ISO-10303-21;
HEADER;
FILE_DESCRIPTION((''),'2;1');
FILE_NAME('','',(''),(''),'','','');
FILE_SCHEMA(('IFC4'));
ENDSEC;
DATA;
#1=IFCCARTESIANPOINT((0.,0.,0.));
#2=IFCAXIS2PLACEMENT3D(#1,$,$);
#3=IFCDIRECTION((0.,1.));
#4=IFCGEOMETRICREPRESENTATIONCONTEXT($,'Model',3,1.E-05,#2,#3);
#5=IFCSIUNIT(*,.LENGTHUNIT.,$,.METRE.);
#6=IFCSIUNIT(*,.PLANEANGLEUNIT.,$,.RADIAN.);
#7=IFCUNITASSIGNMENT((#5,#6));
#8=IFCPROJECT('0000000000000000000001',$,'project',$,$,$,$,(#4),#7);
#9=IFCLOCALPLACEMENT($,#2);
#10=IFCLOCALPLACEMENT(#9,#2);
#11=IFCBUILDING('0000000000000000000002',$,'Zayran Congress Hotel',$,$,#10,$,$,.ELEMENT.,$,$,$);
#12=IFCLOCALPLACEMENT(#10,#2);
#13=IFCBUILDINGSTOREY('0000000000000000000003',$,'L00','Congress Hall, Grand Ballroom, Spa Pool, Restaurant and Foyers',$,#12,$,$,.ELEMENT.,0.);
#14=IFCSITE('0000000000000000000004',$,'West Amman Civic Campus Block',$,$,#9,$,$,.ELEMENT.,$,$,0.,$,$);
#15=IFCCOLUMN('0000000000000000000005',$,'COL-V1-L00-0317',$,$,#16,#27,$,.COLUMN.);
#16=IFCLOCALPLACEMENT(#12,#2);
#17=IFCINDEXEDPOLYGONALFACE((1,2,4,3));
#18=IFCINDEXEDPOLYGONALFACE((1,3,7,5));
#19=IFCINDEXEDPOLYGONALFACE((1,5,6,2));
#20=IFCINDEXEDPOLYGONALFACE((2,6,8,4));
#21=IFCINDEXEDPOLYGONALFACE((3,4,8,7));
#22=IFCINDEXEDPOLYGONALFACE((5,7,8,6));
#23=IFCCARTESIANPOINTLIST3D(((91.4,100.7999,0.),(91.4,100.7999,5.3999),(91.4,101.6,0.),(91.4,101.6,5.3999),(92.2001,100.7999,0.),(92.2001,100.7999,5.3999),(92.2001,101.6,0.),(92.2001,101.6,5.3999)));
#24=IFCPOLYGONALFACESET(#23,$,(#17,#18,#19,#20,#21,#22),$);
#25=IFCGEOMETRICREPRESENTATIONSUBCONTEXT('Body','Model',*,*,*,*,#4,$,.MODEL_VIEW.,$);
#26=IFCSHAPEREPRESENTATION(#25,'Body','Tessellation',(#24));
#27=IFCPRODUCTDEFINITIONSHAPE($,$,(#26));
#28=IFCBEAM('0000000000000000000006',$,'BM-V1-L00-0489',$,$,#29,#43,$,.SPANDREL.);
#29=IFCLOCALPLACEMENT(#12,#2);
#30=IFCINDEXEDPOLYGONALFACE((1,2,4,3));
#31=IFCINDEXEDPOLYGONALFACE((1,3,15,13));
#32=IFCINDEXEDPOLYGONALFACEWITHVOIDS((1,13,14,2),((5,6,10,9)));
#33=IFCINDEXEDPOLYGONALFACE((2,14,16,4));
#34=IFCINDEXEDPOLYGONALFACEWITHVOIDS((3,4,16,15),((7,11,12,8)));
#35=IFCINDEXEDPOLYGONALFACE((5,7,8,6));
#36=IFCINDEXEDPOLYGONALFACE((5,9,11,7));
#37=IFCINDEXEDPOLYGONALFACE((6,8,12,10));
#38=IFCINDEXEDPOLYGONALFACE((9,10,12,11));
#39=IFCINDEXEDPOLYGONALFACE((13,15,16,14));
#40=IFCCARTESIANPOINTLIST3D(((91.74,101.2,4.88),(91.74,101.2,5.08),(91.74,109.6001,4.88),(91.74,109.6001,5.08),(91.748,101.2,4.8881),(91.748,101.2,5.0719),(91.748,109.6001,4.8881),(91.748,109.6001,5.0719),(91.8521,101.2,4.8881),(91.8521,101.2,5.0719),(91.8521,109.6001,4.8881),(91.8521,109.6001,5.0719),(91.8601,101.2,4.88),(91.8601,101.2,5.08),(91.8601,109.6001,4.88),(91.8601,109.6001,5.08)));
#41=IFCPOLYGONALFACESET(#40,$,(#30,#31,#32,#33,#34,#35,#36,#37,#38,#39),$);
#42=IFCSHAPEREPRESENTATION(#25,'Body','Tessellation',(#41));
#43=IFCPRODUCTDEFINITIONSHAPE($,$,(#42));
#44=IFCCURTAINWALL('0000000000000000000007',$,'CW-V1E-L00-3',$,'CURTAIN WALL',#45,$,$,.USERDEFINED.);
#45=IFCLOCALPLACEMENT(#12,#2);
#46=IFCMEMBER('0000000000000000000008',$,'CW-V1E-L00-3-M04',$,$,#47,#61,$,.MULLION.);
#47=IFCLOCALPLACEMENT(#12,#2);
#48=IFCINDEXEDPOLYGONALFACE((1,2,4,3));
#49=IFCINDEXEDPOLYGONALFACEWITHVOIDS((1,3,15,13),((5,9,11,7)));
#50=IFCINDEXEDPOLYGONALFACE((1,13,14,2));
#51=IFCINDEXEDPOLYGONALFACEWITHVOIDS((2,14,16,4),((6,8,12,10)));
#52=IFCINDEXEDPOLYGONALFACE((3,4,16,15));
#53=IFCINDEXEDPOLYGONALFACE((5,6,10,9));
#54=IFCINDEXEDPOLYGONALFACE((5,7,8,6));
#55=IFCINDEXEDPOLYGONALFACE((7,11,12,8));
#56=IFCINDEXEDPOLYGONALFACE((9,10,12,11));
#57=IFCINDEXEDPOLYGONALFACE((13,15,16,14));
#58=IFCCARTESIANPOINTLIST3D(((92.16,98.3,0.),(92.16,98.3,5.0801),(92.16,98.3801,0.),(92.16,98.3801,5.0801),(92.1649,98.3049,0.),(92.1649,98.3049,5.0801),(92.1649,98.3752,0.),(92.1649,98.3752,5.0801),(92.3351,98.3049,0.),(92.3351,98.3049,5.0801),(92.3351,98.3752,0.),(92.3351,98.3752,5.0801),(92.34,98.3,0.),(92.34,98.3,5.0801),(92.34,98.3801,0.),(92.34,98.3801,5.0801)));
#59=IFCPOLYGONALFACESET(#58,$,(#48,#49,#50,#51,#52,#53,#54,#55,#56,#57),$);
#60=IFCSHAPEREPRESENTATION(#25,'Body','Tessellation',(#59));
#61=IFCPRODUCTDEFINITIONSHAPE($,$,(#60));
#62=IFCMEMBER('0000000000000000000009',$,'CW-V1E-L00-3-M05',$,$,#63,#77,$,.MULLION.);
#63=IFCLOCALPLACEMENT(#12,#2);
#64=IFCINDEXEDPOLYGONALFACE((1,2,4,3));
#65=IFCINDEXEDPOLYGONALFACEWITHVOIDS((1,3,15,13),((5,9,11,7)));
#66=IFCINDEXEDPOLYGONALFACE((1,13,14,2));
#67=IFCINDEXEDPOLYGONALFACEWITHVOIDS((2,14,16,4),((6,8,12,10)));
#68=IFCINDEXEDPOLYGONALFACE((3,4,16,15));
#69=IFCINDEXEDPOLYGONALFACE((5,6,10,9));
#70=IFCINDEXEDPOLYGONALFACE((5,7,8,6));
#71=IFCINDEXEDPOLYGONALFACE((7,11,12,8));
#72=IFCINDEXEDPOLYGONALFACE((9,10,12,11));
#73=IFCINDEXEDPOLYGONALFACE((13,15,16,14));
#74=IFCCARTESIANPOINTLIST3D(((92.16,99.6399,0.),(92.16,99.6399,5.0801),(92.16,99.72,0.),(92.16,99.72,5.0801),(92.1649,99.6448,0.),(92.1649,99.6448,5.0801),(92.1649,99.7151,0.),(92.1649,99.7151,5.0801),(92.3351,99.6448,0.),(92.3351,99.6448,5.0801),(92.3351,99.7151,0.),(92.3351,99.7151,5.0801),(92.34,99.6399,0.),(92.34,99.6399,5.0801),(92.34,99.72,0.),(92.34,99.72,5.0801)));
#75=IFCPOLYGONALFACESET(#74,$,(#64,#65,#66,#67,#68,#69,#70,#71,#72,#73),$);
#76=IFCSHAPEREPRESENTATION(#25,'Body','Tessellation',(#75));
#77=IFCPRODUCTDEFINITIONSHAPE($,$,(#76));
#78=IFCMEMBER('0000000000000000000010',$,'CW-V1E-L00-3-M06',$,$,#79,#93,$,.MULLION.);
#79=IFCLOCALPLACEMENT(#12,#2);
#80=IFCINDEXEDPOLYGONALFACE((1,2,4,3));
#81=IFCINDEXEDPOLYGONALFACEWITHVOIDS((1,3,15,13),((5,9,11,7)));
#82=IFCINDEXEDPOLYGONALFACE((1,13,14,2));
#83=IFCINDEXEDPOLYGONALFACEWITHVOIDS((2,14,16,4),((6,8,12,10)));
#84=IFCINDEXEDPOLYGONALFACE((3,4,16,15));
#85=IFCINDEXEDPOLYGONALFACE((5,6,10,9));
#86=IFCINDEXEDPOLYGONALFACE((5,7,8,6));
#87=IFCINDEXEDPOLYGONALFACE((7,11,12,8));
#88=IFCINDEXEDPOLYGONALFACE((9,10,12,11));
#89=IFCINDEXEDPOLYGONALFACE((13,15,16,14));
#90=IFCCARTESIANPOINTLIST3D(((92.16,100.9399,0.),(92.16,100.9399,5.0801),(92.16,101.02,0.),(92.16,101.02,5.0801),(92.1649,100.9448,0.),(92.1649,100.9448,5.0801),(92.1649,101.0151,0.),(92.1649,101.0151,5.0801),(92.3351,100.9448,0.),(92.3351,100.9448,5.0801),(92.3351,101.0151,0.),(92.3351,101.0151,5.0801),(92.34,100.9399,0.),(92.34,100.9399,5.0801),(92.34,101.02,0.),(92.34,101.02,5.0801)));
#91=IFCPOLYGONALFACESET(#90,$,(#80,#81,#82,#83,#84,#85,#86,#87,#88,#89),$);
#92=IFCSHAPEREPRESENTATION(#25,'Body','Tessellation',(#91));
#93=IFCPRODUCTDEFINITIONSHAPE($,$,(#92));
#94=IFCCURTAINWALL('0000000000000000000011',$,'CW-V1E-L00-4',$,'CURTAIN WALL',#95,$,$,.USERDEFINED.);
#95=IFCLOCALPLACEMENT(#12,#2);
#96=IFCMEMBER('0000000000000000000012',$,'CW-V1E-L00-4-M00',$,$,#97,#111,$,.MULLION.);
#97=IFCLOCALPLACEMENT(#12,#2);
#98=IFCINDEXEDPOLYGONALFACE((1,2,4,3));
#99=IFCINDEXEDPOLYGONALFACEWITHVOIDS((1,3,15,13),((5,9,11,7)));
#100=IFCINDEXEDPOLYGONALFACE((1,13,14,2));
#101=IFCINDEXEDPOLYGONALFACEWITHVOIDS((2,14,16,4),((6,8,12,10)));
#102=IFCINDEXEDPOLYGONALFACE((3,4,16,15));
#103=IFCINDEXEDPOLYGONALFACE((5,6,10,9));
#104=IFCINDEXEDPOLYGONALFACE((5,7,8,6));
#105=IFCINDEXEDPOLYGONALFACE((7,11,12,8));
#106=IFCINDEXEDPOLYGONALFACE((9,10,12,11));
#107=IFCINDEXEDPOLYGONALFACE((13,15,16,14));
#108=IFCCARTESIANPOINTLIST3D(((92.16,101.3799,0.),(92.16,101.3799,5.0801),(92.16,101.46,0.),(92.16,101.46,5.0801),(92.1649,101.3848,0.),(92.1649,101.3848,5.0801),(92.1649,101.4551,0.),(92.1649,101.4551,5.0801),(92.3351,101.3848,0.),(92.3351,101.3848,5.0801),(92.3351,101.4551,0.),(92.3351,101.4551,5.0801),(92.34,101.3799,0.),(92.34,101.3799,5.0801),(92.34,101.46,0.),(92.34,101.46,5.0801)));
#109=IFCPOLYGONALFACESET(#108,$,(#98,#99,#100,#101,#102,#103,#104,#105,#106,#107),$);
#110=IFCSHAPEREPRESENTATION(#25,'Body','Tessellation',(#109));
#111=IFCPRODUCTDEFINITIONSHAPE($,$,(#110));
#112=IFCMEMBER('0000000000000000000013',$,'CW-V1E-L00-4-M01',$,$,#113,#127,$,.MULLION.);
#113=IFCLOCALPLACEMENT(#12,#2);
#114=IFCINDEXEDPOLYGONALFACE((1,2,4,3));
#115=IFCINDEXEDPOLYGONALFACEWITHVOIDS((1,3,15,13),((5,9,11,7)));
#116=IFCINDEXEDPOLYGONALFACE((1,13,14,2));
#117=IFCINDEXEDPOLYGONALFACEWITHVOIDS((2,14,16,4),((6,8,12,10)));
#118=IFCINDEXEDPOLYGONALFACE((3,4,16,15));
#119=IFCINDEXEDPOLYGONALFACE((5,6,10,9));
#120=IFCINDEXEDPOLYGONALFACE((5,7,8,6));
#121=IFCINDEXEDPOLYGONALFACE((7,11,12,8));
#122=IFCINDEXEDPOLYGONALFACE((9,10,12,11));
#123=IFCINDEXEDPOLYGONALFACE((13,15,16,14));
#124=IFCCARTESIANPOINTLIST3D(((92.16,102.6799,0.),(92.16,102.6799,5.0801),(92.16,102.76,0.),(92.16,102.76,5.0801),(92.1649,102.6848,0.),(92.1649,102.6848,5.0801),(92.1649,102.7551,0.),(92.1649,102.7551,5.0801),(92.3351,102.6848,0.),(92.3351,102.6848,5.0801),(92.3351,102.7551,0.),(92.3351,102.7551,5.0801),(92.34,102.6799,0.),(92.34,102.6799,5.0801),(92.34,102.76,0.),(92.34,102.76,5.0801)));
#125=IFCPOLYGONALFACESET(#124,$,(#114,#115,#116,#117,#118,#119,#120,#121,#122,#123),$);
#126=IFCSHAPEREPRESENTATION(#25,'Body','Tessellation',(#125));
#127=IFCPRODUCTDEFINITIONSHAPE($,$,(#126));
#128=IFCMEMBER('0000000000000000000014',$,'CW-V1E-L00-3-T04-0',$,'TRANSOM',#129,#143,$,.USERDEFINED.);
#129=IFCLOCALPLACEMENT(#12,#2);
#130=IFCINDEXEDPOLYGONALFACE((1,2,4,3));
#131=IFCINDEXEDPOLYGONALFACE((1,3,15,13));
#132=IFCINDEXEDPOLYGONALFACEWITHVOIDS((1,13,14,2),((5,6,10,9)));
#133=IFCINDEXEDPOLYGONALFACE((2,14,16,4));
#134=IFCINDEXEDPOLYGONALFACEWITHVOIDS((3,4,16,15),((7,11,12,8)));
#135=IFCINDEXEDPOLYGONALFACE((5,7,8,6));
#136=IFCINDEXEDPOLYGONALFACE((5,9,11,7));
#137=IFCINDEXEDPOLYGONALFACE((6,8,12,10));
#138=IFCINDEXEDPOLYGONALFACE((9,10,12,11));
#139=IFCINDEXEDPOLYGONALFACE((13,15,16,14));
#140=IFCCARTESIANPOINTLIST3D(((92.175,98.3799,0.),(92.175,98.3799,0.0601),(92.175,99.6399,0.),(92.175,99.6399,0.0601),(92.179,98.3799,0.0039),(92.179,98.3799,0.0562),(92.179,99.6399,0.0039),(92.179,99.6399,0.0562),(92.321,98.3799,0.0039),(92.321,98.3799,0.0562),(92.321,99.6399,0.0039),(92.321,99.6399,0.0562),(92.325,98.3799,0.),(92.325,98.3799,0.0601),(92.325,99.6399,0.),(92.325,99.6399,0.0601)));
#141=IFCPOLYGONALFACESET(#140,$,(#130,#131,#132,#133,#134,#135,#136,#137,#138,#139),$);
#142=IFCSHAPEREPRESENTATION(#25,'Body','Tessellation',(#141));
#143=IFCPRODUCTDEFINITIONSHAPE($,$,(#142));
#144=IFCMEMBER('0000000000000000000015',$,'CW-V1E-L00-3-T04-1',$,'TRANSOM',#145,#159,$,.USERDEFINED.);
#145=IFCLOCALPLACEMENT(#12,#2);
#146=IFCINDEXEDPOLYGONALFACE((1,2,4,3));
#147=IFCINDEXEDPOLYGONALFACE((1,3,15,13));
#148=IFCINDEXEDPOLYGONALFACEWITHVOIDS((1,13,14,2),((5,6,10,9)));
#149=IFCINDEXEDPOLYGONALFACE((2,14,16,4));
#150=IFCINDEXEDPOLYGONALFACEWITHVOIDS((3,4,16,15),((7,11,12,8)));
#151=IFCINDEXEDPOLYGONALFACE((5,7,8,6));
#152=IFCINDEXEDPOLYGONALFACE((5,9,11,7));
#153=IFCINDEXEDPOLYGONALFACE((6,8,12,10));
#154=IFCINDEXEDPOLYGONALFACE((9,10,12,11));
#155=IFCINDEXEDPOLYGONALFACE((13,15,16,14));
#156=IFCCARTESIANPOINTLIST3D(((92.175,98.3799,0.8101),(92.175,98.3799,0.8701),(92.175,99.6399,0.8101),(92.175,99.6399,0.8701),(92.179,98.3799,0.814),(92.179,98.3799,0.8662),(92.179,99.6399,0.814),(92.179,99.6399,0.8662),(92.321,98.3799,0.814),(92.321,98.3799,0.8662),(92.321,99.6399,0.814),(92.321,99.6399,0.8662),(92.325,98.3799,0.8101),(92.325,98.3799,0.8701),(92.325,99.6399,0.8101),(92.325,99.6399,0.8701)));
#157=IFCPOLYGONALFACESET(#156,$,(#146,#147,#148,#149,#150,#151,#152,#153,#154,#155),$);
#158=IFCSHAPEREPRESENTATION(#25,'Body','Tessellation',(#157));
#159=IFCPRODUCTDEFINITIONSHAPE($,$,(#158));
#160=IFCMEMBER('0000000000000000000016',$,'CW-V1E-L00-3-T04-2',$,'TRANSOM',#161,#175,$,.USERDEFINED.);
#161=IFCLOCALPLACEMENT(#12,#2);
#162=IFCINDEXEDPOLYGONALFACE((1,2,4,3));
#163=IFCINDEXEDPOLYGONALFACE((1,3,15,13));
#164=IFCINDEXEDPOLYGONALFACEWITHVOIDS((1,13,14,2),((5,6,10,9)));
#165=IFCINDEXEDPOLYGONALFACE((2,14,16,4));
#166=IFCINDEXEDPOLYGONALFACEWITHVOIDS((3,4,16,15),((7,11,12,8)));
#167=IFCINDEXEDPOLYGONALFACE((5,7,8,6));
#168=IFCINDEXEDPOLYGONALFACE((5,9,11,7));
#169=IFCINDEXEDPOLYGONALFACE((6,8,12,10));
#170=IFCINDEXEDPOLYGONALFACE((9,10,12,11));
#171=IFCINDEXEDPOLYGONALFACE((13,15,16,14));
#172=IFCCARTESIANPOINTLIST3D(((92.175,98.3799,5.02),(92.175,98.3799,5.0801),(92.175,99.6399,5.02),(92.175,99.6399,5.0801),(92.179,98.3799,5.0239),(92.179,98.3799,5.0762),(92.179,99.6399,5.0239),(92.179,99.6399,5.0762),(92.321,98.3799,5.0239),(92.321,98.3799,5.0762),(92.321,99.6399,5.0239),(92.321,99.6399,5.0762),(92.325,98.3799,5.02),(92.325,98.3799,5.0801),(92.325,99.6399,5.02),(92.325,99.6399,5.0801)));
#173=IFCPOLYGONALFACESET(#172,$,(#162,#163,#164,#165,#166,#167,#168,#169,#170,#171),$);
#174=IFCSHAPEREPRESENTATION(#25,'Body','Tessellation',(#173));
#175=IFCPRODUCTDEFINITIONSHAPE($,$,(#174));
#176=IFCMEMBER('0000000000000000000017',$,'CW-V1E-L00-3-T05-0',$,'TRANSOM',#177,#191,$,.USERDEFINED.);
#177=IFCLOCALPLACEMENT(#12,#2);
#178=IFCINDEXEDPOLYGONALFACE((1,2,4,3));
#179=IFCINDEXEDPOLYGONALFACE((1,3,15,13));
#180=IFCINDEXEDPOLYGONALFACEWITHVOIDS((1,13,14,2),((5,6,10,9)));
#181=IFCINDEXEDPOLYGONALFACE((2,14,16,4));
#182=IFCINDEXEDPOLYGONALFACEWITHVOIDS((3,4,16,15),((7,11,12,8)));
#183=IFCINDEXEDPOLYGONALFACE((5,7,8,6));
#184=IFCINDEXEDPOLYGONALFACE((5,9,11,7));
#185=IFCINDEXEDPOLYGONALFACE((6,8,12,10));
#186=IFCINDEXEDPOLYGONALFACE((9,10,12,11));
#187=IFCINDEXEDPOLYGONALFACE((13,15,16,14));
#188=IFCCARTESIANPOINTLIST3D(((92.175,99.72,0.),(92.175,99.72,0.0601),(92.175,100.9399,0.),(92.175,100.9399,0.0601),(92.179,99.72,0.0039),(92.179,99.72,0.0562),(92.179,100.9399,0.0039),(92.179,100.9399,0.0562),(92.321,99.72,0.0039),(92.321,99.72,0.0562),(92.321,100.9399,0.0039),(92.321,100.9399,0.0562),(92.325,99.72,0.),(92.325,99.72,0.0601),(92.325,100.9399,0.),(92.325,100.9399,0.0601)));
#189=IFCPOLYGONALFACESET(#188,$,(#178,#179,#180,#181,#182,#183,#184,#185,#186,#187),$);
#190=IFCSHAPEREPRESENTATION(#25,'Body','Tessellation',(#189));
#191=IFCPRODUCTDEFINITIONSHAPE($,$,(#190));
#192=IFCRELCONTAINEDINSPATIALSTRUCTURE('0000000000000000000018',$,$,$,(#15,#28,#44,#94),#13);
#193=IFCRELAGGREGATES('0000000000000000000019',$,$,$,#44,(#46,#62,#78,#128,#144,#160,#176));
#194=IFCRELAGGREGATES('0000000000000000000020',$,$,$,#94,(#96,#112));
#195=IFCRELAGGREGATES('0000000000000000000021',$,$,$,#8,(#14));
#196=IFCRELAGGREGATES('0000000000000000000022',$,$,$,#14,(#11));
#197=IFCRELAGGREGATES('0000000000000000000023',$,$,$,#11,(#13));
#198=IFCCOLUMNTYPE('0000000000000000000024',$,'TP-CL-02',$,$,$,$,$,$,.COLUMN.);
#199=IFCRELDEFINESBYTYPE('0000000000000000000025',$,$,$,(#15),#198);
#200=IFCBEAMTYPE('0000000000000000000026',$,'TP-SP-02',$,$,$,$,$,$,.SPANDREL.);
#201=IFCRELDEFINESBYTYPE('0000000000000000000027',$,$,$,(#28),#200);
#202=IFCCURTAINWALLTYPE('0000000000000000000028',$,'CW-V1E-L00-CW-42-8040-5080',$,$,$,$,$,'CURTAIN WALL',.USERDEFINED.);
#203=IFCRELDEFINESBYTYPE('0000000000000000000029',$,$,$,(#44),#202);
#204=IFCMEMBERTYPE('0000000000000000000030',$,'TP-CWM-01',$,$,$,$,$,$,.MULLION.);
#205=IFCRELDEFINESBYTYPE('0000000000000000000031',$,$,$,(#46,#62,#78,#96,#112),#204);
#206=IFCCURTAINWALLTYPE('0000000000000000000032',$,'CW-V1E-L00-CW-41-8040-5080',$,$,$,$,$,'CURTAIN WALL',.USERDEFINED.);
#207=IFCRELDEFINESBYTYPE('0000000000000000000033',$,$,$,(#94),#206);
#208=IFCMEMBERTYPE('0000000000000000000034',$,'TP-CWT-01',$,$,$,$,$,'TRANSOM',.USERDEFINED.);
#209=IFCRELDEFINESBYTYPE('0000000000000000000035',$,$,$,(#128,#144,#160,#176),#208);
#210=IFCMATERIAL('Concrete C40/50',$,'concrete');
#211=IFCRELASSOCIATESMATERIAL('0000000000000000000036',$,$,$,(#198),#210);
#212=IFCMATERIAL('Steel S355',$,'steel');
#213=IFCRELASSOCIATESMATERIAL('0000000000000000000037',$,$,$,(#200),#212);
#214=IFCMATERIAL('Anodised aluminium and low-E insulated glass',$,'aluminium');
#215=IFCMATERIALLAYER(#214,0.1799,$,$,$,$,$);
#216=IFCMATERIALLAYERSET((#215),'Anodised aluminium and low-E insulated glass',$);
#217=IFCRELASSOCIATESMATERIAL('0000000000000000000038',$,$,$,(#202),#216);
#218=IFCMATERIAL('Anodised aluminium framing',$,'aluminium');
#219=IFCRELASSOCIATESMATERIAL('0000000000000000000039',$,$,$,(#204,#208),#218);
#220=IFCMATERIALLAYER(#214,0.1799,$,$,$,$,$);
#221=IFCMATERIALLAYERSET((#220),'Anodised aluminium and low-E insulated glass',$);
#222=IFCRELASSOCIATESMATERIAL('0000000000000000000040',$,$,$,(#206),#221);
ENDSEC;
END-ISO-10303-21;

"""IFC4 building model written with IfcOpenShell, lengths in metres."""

from ifc_helpers import new_model, si_unit, direction, frame, origin, origin_2d, place, context, subcontext, project, spatial, rectangle, hollow_rectangle, extrude, material, layer, layer_set, material_profile, profile_set, type_object, element, aggregate, save


model = new_model("IFC4")

# Units and contexts
model_context = context("Model", 3, precision=1e-05, world=origin(), true_north=direction((0.0, 1.0)))
body_context = subcontext(model_context, "Body", "Model", "MODEL_VIEW")
ifc_project = project(units=[si_unit("LENGTHUNIT", "METRE"), si_unit("PLANEANGLEUNIT", "RADIAN")], contexts=[model_context])

# Site, building, storey
site_placement = place(None, origin())
site = spatial("IfcSite", under=ifc_project, at=site_placement, Name="West Amman Civic Campus Block", CompositionType="ELEMENT", RefElevation=0.0)
building_placement = place(site_placement, origin())
building = spatial("IfcBuilding", under=site, at=building_placement, Name="Zayran Congress Hotel", CompositionType="ELEMENT")
storey_placement = place(building_placement, origin())
storey = spatial("IfcBuildingStorey", under=building, at=storey_placement, Name="L00", Description="Congress Hall, Grand Ballroom, Spa Pool, Restaurant and Foyers", CompositionType="ELEMENT", Elevation=0.0)

# Column
ifc_material_1 = material(Name="Concrete C40/50", Category="concrete")
ifc_material_profile_1 = material_profile(ifc_material_1, rectangle(XDim=0.8, YDim=0.8, at=origin_2d()), Name="RC 800x800")
ifc_profile_set_1 = profile_set([ifc_material_profile_1], Name="Concrete C40/50")
column_type = type_object("IfcColumnType", Name="TP-CL-02", PredefinedType="COLUMN", material=ifc_profile_set_1)
column_placement = place(storey_placement, frame((91.8, 101.2, 0.0), z_axis=(0.0, 0.0, 1.0), x_axis=(1.0, 0.0, 0.0)))
element("IfcColumn", 1, at=column_placement, inside=storey, type_object=column_type, Name="COL-V1-L00-0317", PredefinedType="COLUMN", context=body_context, shape_type="SweptSolid", body=[
    extrude(rectangle(XDim=0.8, YDim=0.8, at=origin_2d()), origin(), (0.0, 0.0, 1.0), 5.3999),
])

# Beam
ifc_material_2 = material(Name="Steel S355", Category="steel")
ifc_material_profile_2 = material_profile(ifc_material_2, hollow_rectangle(XDim=0.1201, YDim=0.2, WallThickness=0.0081, at=origin_2d()), Name="RHS 200x120x8")
ifc_profile_set_2 = profile_set([ifc_material_profile_2], Name="Steel S355")
beam_type = type_object("IfcBeamType", Name="TP-SP-02", PredefinedType="SPANDREL", material=ifc_profile_set_2)
beam_placement = place(storey_placement, frame((91.8, 101.2, 4.98), z_axis=(0.0, 1.0, 0.0), x_axis=(-1.0, 0.0, 0.0)))
element("IfcBeam", 2, at=beam_placement, inside=storey, type_object=beam_type, Name="BM-V1-L00-0489", PredefinedType="SPANDREL", context=body_context, shape_type="SweptSolid", body=[
    extrude(hollow_rectangle(XDim=0.1201, YDim=0.2, WallThickness=0.0081, at=origin_2d()), origin(), (0.0, 0.0, 1.0), 8.4001),
])

# Curtain walls, members
ifc_material_3 = material(Name="Anodised aluminium and low-E insulated glass", Category="aluminium")
ifc_layer_1 = layer(ifc_material_3, 0.1799)
ifc_layer_set_1 = layer_set([ifc_layer_1], Name="Anodised aluminium and low-E insulated glass")
curtain_wall_type_1 = type_object("IfcCurtainWallType", Name="CW-V1E-L00-CW-42-8040-5080", ElementType="CURTAIN WALL", PredefinedType="USERDEFINED", material=ifc_layer_set_1)
curtain_wall_1_placement = place(storey_placement, origin())
curtain_wall_1 = element("IfcCurtainWall", 3, at=curtain_wall_1_placement, inside=storey, type_object=curtain_wall_type_1, Name="CW-V1E-L00-3", ObjectType="CURTAIN WALL", PredefinedType="USERDEFINED")
ifc_material_4 = material(Name="Anodised aluminium framing", Category="aluminium")
ifc_material_profile_3 = material_profile(ifc_material_4, hollow_rectangle(XDim=0.0801, YDim=0.1799, WallThickness=0.0049, at=origin_2d()), Name="RHS 180x80x5")
ifc_profile_set_3 = profile_set([ifc_material_profile_3], Name="Anodised aluminium framing")
member_type_1 = type_object("IfcMemberType", Name="TP-CWM-01", PredefinedType="MULLION", material=ifc_profile_set_3)
member_1_placement = place(storey_placement, frame((92.25, 98.3401, 0.0), z_axis=(0.0, 0.0, 1.0), x_axis=(0.0, 1.0, 0.0)))
member_1 = element("IfcMember", 4, at=member_1_placement, type_object=member_type_1, Name="CW-V1E-L00-3-M04", PredefinedType="MULLION", context=body_context, shape_type="SweptSolid", body=[
    extrude(hollow_rectangle(XDim=0.0801, YDim=0.1799, WallThickness=0.0049, at=origin_2d()), origin(), (0.0, 0.0, 1.0), 5.0801),
])
member_2_placement = place(storey_placement, frame((92.25, 99.6799, 0.0), z_axis=(0.0, 0.0, 1.0), x_axis=(0.0, 1.0, 0.0)))
member_2 = element("IfcMember", 5, at=member_2_placement, type_object=member_type_1, Name="CW-V1E-L00-3-M05", PredefinedType="MULLION", context=body_context, shape_type="SweptSolid", body=[
    extrude(hollow_rectangle(XDim=0.0801, YDim=0.1799, WallThickness=0.0049, at=origin_2d()), origin(), (0.0, 0.0, 1.0), 5.0801),
])
member_3_placement = place(storey_placement, frame((92.25, 100.98, 0.0), z_axis=(0.0, 0.0, 1.0), x_axis=(0.0, 1.0, 0.0)))
member_3 = element("IfcMember", 6, at=member_3_placement, type_object=member_type_1, Name="CW-V1E-L00-3-M06", PredefinedType="MULLION", context=body_context, shape_type="SweptSolid", body=[
    extrude(hollow_rectangle(XDim=0.0801, YDim=0.1799, WallThickness=0.0049, at=origin_2d()), origin(), (0.0, 0.0, 1.0), 5.0801),
])
ifc_layer_2 = layer(ifc_material_3, 0.1799)
ifc_layer_set_2 = layer_set([ifc_layer_2], Name="Anodised aluminium and low-E insulated glass")
curtain_wall_type_2 = type_object("IfcCurtainWallType", Name="CW-V1E-L00-CW-41-8040-5080", ElementType="CURTAIN WALL", PredefinedType="USERDEFINED", material=ifc_layer_set_2)
curtain_wall_2_placement = place(storey_placement, origin())
curtain_wall_2 = element("IfcCurtainWall", 7, at=curtain_wall_2_placement, inside=storey, type_object=curtain_wall_type_2, Name="CW-V1E-L00-4", ObjectType="CURTAIN WALL", PredefinedType="USERDEFINED")
member_4_placement = place(storey_placement, frame((92.25, 101.4199, 0.0), z_axis=(0.0, 0.0, 1.0), x_axis=(0.0, 1.0, 0.0)))
member_4 = element("IfcMember", 8, at=member_4_placement, type_object=member_type_1, Name="CW-V1E-L00-4-M00", PredefinedType="MULLION", context=body_context, shape_type="SweptSolid", body=[
    extrude(hollow_rectangle(XDim=0.0801, YDim=0.1799, WallThickness=0.0049, at=origin_2d()), origin(), (0.0, 0.0, 1.0), 5.0801),
])
member_5_placement = place(storey_placement, frame((92.25, 102.72, 0.0), z_axis=(0.0, 0.0, 1.0), x_axis=(0.0, 1.0, 0.0)))
member_5 = element("IfcMember", 9, at=member_5_placement, type_object=member_type_1, Name="CW-V1E-L00-4-M01", PredefinedType="MULLION", context=body_context, shape_type="SweptSolid", body=[
    extrude(hollow_rectangle(XDim=0.0801, YDim=0.1799, WallThickness=0.0049, at=origin_2d()), origin(), (0.0, 0.0, 1.0), 5.0801),
])

# Members
ifc_material_profile_4 = material_profile(ifc_material_4, hollow_rectangle(XDim=0.0601, YDim=0.1499, WallThickness=0.0039, at=origin_2d()), Name="RHS 150x60x4")
ifc_profile_set_4 = profile_set([ifc_material_profile_4], Name="Anodised aluminium framing")
member_type_2 = type_object("IfcMemberType", Name="TP-CWT-01", ElementType="TRANSOM", PredefinedType="USERDEFINED", material=ifc_profile_set_4)
member_6_placement = place(storey_placement, frame((92.25, 98.3799, 0.03), z_axis=(0.0, 1.0, 0.0), x_axis=(0.0, 0.0, 1.0)))
member_6 = element("IfcMember", 10, at=member_6_placement, type_object=member_type_2, Name="CW-V1E-L00-3-T04-0", ObjectType="TRANSOM", PredefinedType="USERDEFINED", context=body_context, shape_type="SweptSolid", body=[
    extrude(hollow_rectangle(XDim=0.0601, YDim=0.1499, WallThickness=0.0039, at=origin_2d()), origin(), (0.0, 0.0, 1.0), 1.26),
])
member_7_placement = place(storey_placement, frame((92.25, 98.3799, 0.8401), z_axis=(0.0, 1.0, 0.0), x_axis=(0.0, 0.0, 1.0)))
member_7 = element("IfcMember", 11, at=member_7_placement, type_object=member_type_2, Name="CW-V1E-L00-3-T04-1", ObjectType="TRANSOM", PredefinedType="USERDEFINED", context=body_context, shape_type="SweptSolid", body=[
    extrude(hollow_rectangle(XDim=0.0601, YDim=0.1499, WallThickness=0.0039, at=origin_2d()), origin(), (0.0, 0.0, 1.0), 1.26),
])
member_8_placement = place(storey_placement, frame((92.25, 98.3799, 5.05), z_axis=(0.0, 1.0, 0.0), x_axis=(0.0, 0.0, 1.0)))
member_8 = element("IfcMember", 12, at=member_8_placement, type_object=member_type_2, Name="CW-V1E-L00-3-T04-2", ObjectType="TRANSOM", PredefinedType="USERDEFINED", context=body_context, shape_type="SweptSolid", body=[
    extrude(hollow_rectangle(XDim=0.0601, YDim=0.1499, WallThickness=0.0039, at=origin_2d()), origin(), (0.0, 0.0, 1.0), 1.26),
])
member_9_placement = place(storey_placement, frame((92.25, 99.72, 0.03), z_axis=(0.0, 1.0, 0.0), x_axis=(0.0, 0.0, 1.0)))
member_9 = element("IfcMember", 13, at=member_9_placement, type_object=member_type_2, Name="CW-V1E-L00-3-T05-0", ObjectType="TRANSOM", PredefinedType="USERDEFINED", context=body_context, shape_type="SweptSolid", body=[
    extrude(hollow_rectangle(XDim=0.0601, YDim=0.1499, WallThickness=0.0039, at=origin_2d()), origin(), (0.0, 0.0, 1.0), 1.22),
])

aggregate(curtain_wall_1, [member_1, member_2, member_3, member_6, member_7, member_8, member_9])
aggregate(curtain_wall_2, [member_4, member_5])

save(model, "model.ifc")
